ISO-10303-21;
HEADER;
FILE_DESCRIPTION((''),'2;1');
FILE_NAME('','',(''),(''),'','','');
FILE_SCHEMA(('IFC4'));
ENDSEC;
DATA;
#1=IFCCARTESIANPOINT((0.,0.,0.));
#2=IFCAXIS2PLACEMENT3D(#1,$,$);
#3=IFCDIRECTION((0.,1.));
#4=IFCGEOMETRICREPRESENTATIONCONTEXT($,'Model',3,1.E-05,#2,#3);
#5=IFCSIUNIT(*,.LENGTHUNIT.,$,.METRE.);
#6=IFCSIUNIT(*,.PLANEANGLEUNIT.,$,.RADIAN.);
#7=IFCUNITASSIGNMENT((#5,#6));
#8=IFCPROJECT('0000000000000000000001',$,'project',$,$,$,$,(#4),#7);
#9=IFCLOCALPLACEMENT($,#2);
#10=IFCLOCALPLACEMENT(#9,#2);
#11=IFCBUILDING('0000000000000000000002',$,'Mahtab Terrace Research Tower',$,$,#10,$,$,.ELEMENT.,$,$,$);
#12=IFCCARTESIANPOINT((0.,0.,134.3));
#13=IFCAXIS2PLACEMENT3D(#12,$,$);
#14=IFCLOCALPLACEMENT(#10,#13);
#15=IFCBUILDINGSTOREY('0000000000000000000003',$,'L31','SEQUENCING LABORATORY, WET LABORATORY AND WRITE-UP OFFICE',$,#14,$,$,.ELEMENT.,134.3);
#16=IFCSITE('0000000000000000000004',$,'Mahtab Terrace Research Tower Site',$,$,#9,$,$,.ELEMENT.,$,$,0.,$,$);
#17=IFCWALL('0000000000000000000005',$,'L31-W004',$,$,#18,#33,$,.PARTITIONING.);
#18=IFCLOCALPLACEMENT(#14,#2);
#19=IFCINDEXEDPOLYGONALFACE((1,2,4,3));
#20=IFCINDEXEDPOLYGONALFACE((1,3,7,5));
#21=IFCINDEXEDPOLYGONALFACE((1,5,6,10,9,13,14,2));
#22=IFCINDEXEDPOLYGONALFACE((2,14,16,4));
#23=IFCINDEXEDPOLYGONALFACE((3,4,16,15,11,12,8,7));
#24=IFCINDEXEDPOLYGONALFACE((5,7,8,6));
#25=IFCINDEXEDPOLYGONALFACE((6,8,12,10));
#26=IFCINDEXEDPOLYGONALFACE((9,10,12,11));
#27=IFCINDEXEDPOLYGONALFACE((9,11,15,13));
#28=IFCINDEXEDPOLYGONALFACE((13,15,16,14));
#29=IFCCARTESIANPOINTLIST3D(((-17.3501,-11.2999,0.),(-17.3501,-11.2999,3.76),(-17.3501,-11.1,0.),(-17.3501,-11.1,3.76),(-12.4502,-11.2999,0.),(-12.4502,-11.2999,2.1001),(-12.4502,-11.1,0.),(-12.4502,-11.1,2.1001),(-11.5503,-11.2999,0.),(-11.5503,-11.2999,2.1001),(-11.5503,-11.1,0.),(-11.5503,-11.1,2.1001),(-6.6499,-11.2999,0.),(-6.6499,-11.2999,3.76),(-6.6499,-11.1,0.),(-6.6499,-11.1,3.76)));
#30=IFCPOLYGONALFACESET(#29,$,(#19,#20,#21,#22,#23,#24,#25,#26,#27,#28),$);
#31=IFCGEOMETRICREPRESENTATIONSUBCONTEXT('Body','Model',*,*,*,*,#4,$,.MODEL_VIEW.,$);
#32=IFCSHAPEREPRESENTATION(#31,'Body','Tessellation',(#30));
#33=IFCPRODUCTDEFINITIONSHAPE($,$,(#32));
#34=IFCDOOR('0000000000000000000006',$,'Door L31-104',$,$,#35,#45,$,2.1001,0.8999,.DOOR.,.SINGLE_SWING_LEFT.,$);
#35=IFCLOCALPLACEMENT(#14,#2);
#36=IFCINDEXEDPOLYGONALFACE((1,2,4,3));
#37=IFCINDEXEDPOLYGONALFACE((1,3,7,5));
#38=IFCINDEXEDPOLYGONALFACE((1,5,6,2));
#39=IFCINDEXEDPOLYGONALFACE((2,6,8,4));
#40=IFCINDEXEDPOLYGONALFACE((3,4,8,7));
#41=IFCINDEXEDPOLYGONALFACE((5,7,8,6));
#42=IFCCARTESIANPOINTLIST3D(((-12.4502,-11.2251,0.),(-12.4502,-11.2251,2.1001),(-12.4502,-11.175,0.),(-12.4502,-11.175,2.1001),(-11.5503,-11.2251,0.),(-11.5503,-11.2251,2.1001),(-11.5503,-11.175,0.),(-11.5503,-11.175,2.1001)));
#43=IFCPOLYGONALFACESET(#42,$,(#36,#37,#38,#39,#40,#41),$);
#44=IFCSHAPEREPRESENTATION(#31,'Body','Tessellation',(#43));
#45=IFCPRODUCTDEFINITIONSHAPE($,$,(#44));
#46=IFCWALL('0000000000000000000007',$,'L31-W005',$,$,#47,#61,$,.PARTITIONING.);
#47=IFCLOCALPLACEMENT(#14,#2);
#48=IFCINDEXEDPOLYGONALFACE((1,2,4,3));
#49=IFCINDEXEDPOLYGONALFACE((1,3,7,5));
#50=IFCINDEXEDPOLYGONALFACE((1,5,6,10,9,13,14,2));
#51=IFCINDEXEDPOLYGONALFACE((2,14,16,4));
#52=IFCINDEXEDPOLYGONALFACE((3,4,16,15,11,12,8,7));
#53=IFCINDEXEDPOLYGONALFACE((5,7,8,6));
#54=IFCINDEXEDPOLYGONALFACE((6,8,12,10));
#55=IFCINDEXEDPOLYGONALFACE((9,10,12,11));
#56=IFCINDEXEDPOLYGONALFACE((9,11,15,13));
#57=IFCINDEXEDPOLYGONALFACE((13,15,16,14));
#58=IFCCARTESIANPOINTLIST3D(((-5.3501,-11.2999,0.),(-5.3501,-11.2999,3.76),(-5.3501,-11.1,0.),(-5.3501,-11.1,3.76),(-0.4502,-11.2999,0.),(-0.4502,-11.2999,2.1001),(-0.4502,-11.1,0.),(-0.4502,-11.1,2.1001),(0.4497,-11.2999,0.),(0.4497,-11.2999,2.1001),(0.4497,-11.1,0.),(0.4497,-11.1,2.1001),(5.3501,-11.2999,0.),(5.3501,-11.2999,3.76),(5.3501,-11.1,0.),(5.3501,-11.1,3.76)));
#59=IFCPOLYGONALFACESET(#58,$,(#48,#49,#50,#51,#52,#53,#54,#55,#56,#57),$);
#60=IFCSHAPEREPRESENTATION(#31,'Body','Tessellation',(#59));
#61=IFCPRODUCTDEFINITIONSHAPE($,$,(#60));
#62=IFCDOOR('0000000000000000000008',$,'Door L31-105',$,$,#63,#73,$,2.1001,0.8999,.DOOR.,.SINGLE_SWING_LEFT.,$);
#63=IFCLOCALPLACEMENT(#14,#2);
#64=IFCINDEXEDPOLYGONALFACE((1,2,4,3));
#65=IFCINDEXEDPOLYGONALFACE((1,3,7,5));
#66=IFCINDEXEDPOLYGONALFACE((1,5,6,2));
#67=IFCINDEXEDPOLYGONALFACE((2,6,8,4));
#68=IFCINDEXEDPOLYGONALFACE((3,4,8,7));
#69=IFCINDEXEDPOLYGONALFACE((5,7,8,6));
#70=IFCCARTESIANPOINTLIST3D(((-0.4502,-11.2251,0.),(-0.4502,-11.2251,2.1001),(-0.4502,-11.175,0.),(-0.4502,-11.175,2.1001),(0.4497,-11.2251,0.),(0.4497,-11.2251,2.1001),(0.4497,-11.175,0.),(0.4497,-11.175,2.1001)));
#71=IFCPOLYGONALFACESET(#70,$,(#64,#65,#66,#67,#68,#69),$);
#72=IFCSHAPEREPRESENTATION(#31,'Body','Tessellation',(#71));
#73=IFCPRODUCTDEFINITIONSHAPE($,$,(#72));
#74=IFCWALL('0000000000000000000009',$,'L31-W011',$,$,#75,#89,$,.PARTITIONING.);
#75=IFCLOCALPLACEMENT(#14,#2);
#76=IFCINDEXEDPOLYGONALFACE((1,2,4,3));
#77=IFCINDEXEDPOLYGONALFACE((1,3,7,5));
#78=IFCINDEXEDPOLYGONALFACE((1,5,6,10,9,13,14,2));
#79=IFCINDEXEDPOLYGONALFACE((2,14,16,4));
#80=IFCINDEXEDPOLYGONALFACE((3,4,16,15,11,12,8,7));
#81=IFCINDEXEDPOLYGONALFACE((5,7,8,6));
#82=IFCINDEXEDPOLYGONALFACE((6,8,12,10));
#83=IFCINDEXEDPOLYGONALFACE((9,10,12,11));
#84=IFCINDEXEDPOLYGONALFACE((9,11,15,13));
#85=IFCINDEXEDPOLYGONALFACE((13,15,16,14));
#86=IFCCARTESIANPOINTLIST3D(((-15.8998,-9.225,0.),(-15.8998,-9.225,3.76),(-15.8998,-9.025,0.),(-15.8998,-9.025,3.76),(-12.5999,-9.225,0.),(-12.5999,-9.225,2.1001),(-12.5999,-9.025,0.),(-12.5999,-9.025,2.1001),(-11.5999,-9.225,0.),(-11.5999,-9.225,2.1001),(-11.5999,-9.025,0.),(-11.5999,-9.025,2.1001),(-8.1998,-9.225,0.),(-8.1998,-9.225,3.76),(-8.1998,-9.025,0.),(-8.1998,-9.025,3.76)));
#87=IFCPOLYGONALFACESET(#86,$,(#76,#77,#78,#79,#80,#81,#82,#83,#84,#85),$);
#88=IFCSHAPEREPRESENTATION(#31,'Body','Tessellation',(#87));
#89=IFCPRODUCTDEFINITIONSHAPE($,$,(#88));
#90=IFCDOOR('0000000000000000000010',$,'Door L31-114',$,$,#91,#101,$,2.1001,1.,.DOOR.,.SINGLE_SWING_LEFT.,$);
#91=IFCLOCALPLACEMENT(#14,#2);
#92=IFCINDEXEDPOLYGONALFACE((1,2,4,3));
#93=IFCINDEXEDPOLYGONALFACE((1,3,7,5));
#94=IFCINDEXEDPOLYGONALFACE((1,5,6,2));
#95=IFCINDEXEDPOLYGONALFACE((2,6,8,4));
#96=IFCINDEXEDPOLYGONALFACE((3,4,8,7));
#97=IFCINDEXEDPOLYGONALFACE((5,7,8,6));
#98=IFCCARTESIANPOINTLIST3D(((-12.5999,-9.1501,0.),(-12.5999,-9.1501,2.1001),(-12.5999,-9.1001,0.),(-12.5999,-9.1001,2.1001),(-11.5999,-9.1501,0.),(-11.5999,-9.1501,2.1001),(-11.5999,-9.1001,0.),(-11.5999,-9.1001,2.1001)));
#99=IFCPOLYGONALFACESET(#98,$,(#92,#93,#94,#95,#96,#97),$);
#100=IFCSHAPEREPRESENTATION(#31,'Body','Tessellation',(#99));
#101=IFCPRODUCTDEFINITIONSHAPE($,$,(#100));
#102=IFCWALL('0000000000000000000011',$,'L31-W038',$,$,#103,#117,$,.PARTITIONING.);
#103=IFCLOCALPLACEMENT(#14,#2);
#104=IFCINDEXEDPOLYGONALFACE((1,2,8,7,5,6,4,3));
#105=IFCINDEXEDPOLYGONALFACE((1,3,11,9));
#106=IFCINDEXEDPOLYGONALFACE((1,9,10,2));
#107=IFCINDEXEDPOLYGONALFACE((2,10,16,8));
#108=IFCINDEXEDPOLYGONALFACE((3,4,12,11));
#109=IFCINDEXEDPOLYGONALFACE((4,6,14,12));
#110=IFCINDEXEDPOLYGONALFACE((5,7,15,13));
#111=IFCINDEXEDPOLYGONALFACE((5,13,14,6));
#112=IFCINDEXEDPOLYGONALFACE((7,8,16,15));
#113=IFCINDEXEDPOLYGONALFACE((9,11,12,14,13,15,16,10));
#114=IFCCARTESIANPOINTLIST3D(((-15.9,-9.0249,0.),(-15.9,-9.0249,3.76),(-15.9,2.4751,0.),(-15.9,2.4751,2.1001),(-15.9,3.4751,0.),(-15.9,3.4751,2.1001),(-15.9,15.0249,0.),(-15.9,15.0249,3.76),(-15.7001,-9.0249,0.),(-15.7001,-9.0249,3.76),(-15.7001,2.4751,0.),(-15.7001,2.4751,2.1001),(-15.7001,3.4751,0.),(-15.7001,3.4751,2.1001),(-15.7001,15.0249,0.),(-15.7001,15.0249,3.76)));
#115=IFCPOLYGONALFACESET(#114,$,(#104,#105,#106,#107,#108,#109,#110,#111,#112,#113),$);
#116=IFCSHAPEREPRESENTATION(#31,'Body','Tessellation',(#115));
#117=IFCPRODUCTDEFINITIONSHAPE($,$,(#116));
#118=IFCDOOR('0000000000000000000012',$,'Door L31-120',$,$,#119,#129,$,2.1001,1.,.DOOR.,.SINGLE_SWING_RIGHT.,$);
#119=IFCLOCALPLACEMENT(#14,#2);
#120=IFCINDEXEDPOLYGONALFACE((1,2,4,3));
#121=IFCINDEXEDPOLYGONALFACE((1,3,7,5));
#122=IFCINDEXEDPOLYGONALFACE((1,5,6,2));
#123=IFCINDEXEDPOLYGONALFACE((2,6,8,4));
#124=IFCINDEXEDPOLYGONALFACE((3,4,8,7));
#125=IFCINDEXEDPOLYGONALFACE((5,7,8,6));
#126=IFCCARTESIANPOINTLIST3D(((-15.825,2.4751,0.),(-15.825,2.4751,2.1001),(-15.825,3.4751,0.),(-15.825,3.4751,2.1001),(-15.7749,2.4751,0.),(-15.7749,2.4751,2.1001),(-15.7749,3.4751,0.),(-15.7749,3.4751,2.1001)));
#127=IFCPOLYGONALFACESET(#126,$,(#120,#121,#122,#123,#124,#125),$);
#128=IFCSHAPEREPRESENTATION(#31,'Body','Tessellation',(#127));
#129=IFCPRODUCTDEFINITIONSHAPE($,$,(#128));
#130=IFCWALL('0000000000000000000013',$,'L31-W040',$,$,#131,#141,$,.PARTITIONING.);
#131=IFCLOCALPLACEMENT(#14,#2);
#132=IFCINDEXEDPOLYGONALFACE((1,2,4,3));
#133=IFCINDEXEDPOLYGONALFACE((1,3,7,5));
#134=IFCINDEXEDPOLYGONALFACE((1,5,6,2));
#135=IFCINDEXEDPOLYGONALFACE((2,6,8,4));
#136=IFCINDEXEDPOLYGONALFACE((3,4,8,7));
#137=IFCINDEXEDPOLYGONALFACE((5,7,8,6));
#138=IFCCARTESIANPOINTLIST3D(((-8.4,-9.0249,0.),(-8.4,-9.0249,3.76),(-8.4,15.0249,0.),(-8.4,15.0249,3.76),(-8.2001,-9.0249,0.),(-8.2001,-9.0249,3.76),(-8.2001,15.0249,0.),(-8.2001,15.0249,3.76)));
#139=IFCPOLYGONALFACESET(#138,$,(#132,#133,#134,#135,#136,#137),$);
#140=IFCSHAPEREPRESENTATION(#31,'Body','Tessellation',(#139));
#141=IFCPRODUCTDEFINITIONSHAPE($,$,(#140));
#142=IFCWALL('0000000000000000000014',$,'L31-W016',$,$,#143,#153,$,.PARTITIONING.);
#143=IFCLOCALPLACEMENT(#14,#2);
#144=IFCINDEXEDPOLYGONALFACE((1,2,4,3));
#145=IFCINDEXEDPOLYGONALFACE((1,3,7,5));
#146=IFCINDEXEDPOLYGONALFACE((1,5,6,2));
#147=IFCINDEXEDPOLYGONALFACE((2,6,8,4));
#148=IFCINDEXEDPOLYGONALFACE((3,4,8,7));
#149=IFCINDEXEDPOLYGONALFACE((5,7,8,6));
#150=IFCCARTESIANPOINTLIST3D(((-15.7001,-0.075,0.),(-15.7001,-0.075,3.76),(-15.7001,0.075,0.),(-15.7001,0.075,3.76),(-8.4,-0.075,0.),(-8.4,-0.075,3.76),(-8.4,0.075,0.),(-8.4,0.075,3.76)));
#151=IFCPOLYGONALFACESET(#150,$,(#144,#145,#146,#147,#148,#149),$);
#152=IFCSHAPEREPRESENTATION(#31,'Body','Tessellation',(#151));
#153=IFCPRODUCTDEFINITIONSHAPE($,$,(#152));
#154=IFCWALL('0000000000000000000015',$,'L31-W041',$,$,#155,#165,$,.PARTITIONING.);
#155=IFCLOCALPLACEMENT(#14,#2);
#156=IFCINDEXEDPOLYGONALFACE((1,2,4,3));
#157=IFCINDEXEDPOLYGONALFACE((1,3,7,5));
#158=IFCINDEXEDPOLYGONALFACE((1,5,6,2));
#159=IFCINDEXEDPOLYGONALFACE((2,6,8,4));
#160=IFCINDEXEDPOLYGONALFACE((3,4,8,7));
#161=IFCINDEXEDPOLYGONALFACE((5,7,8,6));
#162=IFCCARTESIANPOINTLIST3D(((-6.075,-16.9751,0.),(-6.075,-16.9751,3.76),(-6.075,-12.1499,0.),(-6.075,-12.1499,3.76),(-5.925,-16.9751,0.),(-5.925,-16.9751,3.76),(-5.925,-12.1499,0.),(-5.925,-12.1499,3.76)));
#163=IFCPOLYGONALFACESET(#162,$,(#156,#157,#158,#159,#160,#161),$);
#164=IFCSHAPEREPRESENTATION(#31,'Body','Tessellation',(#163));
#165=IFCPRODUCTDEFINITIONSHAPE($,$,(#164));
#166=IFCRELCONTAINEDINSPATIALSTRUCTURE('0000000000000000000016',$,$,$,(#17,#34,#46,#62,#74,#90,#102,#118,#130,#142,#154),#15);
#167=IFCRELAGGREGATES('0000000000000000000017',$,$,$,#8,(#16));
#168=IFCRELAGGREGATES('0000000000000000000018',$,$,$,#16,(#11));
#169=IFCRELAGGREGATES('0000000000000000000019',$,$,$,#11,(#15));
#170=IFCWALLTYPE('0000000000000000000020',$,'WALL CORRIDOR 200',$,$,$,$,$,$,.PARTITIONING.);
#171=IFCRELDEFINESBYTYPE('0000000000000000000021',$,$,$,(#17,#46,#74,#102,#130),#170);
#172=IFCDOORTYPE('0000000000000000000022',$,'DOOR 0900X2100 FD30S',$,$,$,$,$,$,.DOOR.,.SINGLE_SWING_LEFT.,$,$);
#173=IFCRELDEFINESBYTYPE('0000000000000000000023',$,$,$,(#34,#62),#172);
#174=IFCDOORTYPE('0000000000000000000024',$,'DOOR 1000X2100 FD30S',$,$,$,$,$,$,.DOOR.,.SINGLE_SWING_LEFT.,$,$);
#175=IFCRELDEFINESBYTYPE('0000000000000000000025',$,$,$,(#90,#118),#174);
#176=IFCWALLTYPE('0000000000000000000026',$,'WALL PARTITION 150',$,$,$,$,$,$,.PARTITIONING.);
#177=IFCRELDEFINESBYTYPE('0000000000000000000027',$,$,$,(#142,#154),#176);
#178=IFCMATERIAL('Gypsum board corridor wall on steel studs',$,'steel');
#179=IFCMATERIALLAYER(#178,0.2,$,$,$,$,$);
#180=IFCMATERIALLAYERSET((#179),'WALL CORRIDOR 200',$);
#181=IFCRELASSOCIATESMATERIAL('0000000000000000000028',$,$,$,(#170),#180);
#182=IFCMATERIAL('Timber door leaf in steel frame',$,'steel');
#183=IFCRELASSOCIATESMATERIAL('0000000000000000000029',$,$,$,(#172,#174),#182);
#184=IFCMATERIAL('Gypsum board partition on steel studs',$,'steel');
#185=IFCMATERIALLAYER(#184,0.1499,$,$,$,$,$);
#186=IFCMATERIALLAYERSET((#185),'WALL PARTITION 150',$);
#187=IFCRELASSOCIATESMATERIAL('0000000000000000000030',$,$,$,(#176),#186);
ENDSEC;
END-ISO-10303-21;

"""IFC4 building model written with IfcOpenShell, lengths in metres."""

from ifc_helpers import new_model, si_unit, direction, frame, frame_2d, origin, place, context, subcontext, project, spatial, rectangle, extrude, material, layer, layer_set, type_object, element, fill, save


model = new_model("IFC4")

# Units and contexts
model_context = context("Model", 3, precision=1e-05, world=origin(), true_north=direction((0.0, 1.0)))
body_context = subcontext(model_context, "Body", "Model", "MODEL_VIEW")
ifc_project = project(units=[si_unit("LENGTHUNIT", "METRE"), si_unit("PLANEANGLEUNIT", "RADIAN")], contexts=[model_context])

# Site, building, storey
site_placement = place(None, origin())
site = spatial("IfcSite", under=ifc_project, at=site_placement, Name="Mahtab Terrace Research Tower Site", CompositionType="ELEMENT", RefElevation=0.0)
building_placement = place(site_placement, origin())
building = spatial("IfcBuilding", under=site, at=building_placement, Name="Mahtab Terrace Research Tower", CompositionType="ELEMENT")
storey_placement = place(building_placement, frame((0.0, 0.0, 134.3)))
storey = spatial("IfcBuildingStorey", under=building, at=storey_placement, Name="L31", Description="SEQUENCING LABORATORY, WET LABORATORY AND WRITE-UP OFFICE", CompositionType="ELEMENT", Elevation=134.3)

# Walls, openings, doors
ifc_material_1 = material(Name="Gypsum board corridor wall on steel studs", Category="steel")
ifc_layer_1 = layer(ifc_material_1, 0.2)
ifc_layer_set_1 = layer_set([ifc_layer_1], Name="WALL CORRIDOR 200")
wall_type_1 = type_object("IfcWallType", Name="WALL CORRIDOR 200", PredefinedType="PARTITIONING", material=ifc_layer_set_1)
wall_1_placement = place(storey_placement, frame((-17.3501, -11.2, 0.0), z_axis=(0.0, 0.0, 1.0), x_axis=(1.0, 0.0, 0.0)))
wall_1 = element("IfcWall", 1, at=wall_1_placement, inside=storey, type_object=wall_type_1, Name="L31-W004", PredefinedType="PARTITIONING", context=body_context, shape_type="SweptSolid", body=[
    extrude(rectangle(XDim=10.7002, YDim=0.2, at=frame_2d((5.3501, 0.0))), origin(), (0.0, 0.0, 1.0), 3.76),
])
opening_1_placement = place(wall_1_placement, frame((4.8999, 0.0, 0.0)))
opening_1 = element("IfcOpeningElement", 2, at=opening_1_placement, cuts=wall_1, PredefinedType="OPENING", context=body_context, shape_type="SweptSolid", body=[
    extrude(rectangle(XDim=0.8999, YDim=2.1001, at=frame_2d((0.45, 1.05))), frame((0.0, 0.1099, 0.0), z_axis=(0.0, -1.0, 0.0), x_axis=(1.0, 0.0, 0.0)), (0.0, 0.0, 1.0), 0.22),
])
ifc_material_2 = material(Name="Timber door leaf in steel frame", Category="steel")
door_type_1 = type_object("IfcDoorType", Name="DOOR 0900X2100 FD30S", OperationType="SINGLE_SWING_LEFT", PredefinedType="DOOR", material=ifc_material_2)
door_1_placement = place(opening_1_placement, origin())
door_1 = element("IfcDoor", 3, at=door_1_placement, inside=storey, type_object=door_type_1, Name="Door L31-104", OperationType="SINGLE_SWING_LEFT", OverallHeight=2.1001, OverallWidth=0.8999, PredefinedType="DOOR", context=body_context, shape_type="SweptSolid", body=[
    extrude(rectangle(XDim=0.8999, YDim=2.1001, at=frame_2d((0.45, 1.05))), frame((0.0, 0.0249, 0.0), z_axis=(0.0, -1.0, 0.0), x_axis=(1.0, 0.0, 0.0)), (0.0, 0.0, 1.0), 0.05),
])
fill(opening_1, door_1)
wall_2_placement = place(storey_placement, frame((-5.3501, -11.2, 0.0), z_axis=(0.0, 0.0, 1.0), x_axis=(1.0, 0.0, 0.0)))
wall_2 = element("IfcWall", 4, at=wall_2_placement, inside=storey, type_object=wall_type_1, Name="L31-W005", PredefinedType="PARTITIONING", context=body_context, shape_type="SweptSolid", body=[
    extrude(rectangle(XDim=10.7002, YDim=0.2, at=frame_2d((5.3501, 0.0))), origin(), (0.0, 0.0, 1.0), 3.76),
])
opening_2_placement = place(wall_2_placement, frame((4.8999, 0.0, 0.0)))
opening_2 = element("IfcOpeningElement", 5, at=opening_2_placement, cuts=wall_2, PredefinedType="OPENING", context=body_context, shape_type="SweptSolid", body=[
    extrude(rectangle(XDim=0.8999, YDim=2.1001, at=frame_2d((0.45, 1.05))), frame((0.0, 0.1099, 0.0), z_axis=(0.0, -1.0, 0.0), x_axis=(1.0, 0.0, 0.0)), (0.0, 0.0, 1.0), 0.22),
])
door_2_placement = place(opening_2_placement, origin())
door_2 = element("IfcDoor", 6, at=door_2_placement, inside=storey, type_object=door_type_1, Name="Door L31-105", OperationType="SINGLE_SWING_LEFT", OverallHeight=2.1001, OverallWidth=0.8999, PredefinedType="DOOR", context=body_context, shape_type="SweptSolid", body=[
    extrude(rectangle(XDim=0.8999, YDim=2.1001, at=frame_2d((0.45, 1.05))), frame((0.0, 0.0249, 0.0), z_axis=(0.0, -1.0, 0.0), x_axis=(1.0, 0.0, 0.0)), (0.0, 0.0, 1.0), 0.05),
])
fill(opening_2, door_2)
wall_3_placement = place(storey_placement, frame((-15.8999, -9.125, 0.0), z_axis=(0.0, 0.0, 1.0), x_axis=(1.0, 0.0, 0.0)))
wall_3 = element("IfcWall", 7, at=wall_3_placement, inside=storey, type_object=wall_type_1, Name="L31-W011", PredefinedType="PARTITIONING", context=body_context, shape_type="SweptSolid", body=[
    extrude(rectangle(XDim=7.7, YDim=0.2, at=frame_2d((3.8501, 0.0))), origin(), (0.0, 0.0, 1.0), 3.76),
])
opening_3_placement = place(wall_3_placement, frame((3.3, 0.0, 0.0)))
opening_3 = element("IfcOpeningElement", 8, at=opening_3_placement, cuts=wall_3, PredefinedType="OPENING", context=body_context, shape_type="SweptSolid", body=[
    extrude(rectangle(XDim=1.0, YDim=2.1001, at=frame_2d((0.5, 1.05))), frame((0.0, 0.1099, 0.0), z_axis=(0.0, -1.0, 0.0), x_axis=(1.0, 0.0, 0.0)), (0.0, 0.0, 1.0), 0.22),
])
door_type_2 = type_object("IfcDoorType", Name="DOOR 1000X2100 FD30S", OperationType="SINGLE_SWING_LEFT", PredefinedType="DOOR", material=ifc_material_2)
door_3_placement = place(opening_3_placement, origin())
door_3 = element("IfcDoor", 9, at=door_3_placement, inside=storey, type_object=door_type_2, Name="Door L31-114", OperationType="SINGLE_SWING_LEFT", OverallHeight=2.1001, OverallWidth=1.0, PredefinedType="DOOR", context=body_context, shape_type="SweptSolid", body=[
    extrude(rectangle(XDim=1.0, YDim=2.1001, at=frame_2d((0.5, 1.05))), frame((0.0, 0.0249, 0.0), z_axis=(0.0, -1.0, 0.0), x_axis=(1.0, 0.0, 0.0)), (0.0, 0.0, 1.0), 0.05),
])
fill(opening_3, door_3)
wall_4_placement = place(storey_placement, frame((-15.8, -9.0249, 0.0), z_axis=(0.0, 0.0, 1.0), x_axis=(0.0, 1.0, 0.0)))
wall_4 = element("IfcWall", 10, at=wall_4_placement, inside=storey, type_object=wall_type_1, Name="L31-W038", PredefinedType="PARTITIONING", context=body_context, shape_type="SweptSolid", body=[
    extrude(rectangle(XDim=24.0498, YDim=0.2, at=frame_2d((12.0249, 0.0))), origin(), (0.0, 0.0, 1.0), 3.76),
])
opening_4_placement = place(wall_4_placement, frame((11.5, 0.0, 0.0)))
opening_4 = element("IfcOpeningElement", 11, at=opening_4_placement, cuts=wall_4, PredefinedType="OPENING", context=body_context, shape_type="SweptSolid", body=[
    extrude(rectangle(XDim=1.0, YDim=2.1001, at=frame_2d((0.5, 1.05))), frame((0.0, 0.1099, 0.0), z_axis=(0.0, -1.0, 0.0), x_axis=(1.0, 0.0, 0.0)), (0.0, 0.0, 1.0), 0.22),
])
door_4_placement = place(opening_4_placement, origin())
door_4 = element("IfcDoor", 12, at=door_4_placement, inside=storey, type_object=door_type_2, Name="Door L31-120", OperationType="SINGLE_SWING_RIGHT", OverallHeight=2.1001, OverallWidth=1.0, PredefinedType="DOOR", context=body_context, shape_type="SweptSolid", body=[
    extrude(rectangle(XDim=1.0, YDim=2.1001, at=frame_2d((0.5, 1.05))), frame((0.0, 0.0249, 0.0), z_axis=(0.0, -1.0, 0.0), x_axis=(1.0, 0.0, 0.0)), (0.0, 0.0, 1.0), 0.05),
])
fill(opening_4, door_4)

# Walls
wall_5_placement = place(storey_placement, frame((-8.3, -9.0249, 0.0), z_axis=(0.0, 0.0, 1.0), x_axis=(0.0, 1.0, 0.0)))
element("IfcWall", 13, at=wall_5_placement, inside=storey, type_object=wall_type_1, Name="L31-W040", PredefinedType="PARTITIONING", context=body_context, shape_type="SweptSolid", body=[
    extrude(rectangle(XDim=24.0498, YDim=0.2, at=frame_2d((12.0249, 0.0))), origin(), (0.0, 0.0, 1.0), 3.76),
])
ifc_material_3 = material(Name="Gypsum board partition on steel studs", Category="steel")
ifc_layer_2 = layer(ifc_material_3, 0.1499)
ifc_layer_set_2 = layer_set([ifc_layer_2], Name="WALL PARTITION 150")
wall_type_2 = type_object("IfcWallType", Name="WALL PARTITION 150", PredefinedType="PARTITIONING", material=ifc_layer_set_2)
wall_6_placement = place(storey_placement, frame((-15.7, 0.0, 0.0), z_axis=(0.0, 0.0, 1.0), x_axis=(1.0, 0.0, 0.0)))
element("IfcWall", 14, at=wall_6_placement, inside=storey, type_object=wall_type_2, Name="L31-W016", PredefinedType="PARTITIONING", context=body_context, shape_type="SweptSolid", body=[
    extrude(rectangle(XDim=7.3, YDim=0.1499, at=frame_2d((3.6499, 0.0))), origin(), (0.0, 0.0, 1.0), 3.76),
])
wall_7_placement = place(storey_placement, frame((-6.0, -16.9751, 0.0), z_axis=(0.0, 0.0, 1.0), x_axis=(0.0, 1.0, 0.0)))
element("IfcWall", 15, at=wall_7_placement, inside=storey, type_object=wall_type_2, Name="L31-W041", PredefinedType="PARTITIONING", context=body_context, shape_type="SweptSolid", body=[
    extrude(rectangle(XDim=4.8252, YDim=0.1499, at=frame_2d((2.4126, 0.0))), origin(), (0.0, 0.0, 1.0), 3.76),
])

save(model, "model.ifc")
